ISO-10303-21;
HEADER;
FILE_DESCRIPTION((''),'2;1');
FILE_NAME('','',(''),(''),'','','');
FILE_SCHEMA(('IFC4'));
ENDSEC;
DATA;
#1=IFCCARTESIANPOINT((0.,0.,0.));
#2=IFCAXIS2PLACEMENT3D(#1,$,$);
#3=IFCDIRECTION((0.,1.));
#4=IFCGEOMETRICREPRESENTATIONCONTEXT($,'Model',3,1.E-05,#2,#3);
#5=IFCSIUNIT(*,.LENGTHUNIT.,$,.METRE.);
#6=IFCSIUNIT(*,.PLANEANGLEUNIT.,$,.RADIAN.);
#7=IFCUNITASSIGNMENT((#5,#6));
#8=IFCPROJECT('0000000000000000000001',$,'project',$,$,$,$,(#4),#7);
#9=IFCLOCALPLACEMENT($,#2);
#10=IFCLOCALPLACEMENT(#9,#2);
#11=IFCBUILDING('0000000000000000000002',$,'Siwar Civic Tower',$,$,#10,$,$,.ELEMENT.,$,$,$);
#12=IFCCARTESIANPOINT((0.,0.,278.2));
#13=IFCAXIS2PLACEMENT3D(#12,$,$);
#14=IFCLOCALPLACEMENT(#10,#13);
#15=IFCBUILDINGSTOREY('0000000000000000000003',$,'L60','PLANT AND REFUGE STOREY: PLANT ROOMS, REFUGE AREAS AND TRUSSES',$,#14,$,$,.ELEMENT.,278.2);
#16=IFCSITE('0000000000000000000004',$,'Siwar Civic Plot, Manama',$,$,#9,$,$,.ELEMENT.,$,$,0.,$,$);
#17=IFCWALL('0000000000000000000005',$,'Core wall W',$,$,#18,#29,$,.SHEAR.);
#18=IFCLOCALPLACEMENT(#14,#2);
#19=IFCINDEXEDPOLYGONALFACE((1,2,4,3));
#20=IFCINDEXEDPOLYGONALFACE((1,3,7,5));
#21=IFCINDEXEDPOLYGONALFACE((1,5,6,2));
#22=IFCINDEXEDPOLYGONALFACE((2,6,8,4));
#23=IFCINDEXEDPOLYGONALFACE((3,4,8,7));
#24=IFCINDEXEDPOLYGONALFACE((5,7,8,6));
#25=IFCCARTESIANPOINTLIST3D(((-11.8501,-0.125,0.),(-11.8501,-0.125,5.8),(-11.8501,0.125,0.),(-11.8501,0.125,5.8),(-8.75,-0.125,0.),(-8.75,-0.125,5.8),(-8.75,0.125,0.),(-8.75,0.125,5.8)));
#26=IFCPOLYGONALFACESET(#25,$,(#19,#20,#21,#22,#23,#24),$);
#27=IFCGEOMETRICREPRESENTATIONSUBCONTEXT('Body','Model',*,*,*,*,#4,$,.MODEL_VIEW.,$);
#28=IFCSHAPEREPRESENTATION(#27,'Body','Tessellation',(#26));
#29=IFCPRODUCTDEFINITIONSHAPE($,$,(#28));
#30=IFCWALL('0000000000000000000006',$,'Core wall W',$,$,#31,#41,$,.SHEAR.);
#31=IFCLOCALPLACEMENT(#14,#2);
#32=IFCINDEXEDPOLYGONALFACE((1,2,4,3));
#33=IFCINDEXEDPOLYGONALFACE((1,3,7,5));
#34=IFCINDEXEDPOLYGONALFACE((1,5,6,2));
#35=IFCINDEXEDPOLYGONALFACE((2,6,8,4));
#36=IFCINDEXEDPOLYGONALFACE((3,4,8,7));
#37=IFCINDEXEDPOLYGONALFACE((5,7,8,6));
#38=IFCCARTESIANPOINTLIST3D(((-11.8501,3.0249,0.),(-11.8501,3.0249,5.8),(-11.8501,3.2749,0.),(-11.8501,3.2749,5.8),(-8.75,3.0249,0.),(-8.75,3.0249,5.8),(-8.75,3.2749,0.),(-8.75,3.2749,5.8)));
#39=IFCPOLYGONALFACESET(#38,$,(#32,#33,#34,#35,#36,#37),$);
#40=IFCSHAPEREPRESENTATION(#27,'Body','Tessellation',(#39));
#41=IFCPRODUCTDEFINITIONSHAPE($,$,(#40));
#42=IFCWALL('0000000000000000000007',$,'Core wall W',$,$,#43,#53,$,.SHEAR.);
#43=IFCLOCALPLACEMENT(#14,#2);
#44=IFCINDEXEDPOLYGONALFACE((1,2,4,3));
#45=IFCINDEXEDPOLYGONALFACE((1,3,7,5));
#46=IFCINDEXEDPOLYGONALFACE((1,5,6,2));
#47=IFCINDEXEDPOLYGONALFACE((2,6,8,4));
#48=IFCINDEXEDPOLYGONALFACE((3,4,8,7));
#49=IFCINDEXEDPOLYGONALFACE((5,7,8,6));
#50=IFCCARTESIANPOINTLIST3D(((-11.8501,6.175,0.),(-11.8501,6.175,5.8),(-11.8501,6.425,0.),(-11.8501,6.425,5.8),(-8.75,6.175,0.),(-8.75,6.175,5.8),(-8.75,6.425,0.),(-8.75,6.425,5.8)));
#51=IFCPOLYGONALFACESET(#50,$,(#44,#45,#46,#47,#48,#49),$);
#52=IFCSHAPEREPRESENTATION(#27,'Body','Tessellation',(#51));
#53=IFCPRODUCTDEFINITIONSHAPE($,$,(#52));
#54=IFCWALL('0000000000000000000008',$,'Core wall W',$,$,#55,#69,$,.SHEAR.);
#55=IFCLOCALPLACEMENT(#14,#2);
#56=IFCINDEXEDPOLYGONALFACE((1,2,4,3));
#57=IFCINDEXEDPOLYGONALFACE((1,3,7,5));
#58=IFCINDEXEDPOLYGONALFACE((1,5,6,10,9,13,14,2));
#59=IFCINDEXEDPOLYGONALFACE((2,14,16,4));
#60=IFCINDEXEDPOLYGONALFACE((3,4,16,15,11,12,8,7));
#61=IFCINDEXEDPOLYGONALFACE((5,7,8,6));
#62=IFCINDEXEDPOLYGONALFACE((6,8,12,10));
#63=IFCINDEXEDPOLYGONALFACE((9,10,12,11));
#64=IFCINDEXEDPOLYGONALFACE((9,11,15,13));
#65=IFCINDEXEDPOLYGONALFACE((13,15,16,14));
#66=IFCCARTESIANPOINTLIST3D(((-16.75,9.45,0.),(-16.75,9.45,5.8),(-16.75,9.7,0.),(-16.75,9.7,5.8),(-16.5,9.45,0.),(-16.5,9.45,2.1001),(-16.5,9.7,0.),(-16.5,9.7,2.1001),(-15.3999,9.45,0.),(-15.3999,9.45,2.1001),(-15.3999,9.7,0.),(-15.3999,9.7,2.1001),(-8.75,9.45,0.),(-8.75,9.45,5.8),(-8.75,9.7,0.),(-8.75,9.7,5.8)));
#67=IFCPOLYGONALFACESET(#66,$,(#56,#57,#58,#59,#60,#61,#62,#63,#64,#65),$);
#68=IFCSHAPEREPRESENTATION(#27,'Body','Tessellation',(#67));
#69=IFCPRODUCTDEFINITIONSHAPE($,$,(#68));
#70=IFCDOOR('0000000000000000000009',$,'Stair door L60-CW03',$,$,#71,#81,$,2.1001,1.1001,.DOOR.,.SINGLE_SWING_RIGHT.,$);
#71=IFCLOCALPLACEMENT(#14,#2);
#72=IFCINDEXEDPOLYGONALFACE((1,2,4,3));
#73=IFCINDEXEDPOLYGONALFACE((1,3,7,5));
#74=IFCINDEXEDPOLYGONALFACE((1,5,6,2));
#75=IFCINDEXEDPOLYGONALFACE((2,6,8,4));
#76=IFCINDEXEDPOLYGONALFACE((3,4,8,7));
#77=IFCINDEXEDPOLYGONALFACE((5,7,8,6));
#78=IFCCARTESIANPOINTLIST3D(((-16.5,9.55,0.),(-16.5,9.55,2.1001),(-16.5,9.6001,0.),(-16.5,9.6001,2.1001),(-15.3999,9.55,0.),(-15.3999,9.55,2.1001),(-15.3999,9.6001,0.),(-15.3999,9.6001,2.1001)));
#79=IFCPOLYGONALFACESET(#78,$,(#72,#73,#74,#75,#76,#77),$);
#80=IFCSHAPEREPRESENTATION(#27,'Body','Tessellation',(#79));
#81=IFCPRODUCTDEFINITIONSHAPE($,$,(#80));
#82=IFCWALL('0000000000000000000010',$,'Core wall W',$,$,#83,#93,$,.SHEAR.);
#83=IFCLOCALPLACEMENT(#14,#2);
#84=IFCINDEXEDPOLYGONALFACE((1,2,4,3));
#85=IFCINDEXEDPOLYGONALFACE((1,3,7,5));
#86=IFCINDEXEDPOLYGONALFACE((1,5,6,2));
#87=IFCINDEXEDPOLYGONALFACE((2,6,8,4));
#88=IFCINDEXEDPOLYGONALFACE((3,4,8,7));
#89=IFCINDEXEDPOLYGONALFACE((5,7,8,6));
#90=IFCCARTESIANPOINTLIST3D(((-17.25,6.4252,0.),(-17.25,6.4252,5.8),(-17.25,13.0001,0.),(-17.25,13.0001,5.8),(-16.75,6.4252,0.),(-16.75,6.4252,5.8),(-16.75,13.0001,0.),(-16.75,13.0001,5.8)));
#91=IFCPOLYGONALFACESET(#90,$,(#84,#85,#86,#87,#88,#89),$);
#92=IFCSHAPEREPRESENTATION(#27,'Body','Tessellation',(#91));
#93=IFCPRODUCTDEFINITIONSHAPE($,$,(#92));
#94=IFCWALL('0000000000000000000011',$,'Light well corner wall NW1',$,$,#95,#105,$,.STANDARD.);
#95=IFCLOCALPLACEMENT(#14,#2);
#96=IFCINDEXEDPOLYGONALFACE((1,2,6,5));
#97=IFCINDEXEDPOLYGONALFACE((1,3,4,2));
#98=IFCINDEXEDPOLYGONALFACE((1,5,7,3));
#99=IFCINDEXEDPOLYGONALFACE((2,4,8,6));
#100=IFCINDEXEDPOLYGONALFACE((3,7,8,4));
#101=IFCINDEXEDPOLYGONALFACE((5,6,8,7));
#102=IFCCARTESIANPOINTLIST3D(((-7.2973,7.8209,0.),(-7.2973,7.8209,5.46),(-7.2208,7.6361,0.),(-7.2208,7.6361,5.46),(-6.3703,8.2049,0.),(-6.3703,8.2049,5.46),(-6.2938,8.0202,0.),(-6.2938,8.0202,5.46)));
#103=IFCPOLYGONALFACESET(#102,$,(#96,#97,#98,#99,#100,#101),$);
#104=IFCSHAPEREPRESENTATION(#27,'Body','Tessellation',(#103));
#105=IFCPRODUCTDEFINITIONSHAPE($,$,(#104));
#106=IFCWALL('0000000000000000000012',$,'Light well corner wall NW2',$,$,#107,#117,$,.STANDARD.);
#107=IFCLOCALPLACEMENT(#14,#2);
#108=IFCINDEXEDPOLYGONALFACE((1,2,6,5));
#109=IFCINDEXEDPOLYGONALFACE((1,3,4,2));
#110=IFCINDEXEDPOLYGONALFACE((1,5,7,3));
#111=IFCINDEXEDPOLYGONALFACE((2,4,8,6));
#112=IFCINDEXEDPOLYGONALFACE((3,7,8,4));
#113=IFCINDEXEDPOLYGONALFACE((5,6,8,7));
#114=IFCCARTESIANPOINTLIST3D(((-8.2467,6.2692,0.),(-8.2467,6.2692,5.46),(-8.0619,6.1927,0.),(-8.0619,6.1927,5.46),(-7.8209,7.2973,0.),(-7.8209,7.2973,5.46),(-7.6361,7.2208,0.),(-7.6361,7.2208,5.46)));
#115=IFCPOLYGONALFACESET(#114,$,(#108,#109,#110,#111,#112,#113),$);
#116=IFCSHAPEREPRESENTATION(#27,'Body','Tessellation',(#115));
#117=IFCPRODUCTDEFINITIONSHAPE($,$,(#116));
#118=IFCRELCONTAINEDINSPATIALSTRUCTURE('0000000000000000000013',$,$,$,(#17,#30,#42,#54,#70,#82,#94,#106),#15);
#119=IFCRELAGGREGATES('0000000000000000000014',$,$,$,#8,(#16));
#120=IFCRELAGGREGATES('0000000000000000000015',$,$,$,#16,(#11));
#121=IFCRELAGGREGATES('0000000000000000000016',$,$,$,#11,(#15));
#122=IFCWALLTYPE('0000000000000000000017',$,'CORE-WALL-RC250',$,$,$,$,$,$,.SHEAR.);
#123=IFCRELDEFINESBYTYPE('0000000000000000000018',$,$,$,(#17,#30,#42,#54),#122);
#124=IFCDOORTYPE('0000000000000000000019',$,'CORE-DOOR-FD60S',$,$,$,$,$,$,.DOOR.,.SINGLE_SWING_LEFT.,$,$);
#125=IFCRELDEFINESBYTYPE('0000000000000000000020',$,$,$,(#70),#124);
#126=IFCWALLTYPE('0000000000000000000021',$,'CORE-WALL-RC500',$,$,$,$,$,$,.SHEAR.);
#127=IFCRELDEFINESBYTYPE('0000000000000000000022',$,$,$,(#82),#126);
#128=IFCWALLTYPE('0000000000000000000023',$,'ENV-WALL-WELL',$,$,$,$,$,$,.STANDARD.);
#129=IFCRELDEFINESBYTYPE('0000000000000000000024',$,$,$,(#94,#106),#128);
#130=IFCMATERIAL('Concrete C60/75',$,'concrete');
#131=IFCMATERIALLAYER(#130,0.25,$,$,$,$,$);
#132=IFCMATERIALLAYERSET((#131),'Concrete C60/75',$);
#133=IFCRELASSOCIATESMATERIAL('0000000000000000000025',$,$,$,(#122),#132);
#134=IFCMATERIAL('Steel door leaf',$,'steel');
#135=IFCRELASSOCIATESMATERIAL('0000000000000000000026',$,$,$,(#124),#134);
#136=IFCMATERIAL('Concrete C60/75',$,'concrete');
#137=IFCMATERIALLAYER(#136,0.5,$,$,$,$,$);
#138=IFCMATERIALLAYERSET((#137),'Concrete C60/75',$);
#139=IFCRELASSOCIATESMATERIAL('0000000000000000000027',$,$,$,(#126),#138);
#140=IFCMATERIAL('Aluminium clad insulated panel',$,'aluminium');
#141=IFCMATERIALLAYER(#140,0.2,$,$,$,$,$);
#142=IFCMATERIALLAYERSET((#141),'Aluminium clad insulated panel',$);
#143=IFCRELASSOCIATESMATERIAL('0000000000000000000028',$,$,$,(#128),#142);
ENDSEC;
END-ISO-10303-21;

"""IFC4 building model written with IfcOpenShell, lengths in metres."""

from ifc_helpers import new_model, si_unit, direction, frame, frame_2d, origin, place, context, subcontext, project, spatial, rectangle, extrude, material, layer, layer_set, type_object, element, fill, save


model = new_model("IFC4")

# Units and contexts
model_context = context("Model", 3, precision=1e-05, world=origin(), true_north=direction((0.0, 1.0)))
body_context = subcontext(model_context, "Body", "Model", "MODEL_VIEW")
ifc_project = project(units=[si_unit("LENGTHUNIT", "METRE"), si_unit("PLANEANGLEUNIT", "RADIAN")], contexts=[model_context])

# Site, building, storey
site_placement = place(None, origin())
site = spatial("IfcSite", under=ifc_project, at=site_placement, Name="Siwar Civic Plot, Manama", CompositionType="ELEMENT", RefElevation=0.0)
building_placement = place(site_placement, origin())
building = spatial("IfcBuilding", under=site, at=building_placement, Name="Siwar Civic Tower", CompositionType="ELEMENT")
storey_placement = place(building_placement, frame((0.0, 0.0, 278.2)))
storey = spatial("IfcBuildingStorey", under=building, at=storey_placement, Name="L60", Description="PLANT AND REFUGE STOREY: PLANT ROOMS, REFUGE AREAS AND TRUSSES", CompositionType="ELEMENT", Elevation=278.2)

# Shared definitions
ifc_material_1 = material(Name="Concrete C60/75", Category="concrete")
ifc_layer_1 = layer(ifc_material_1, 0.25)
ifc_layer_set_1 = layer_set([ifc_layer_1], Name="Concrete C60/75")
wall_type_1 = type_object("IfcWallType", Name="CORE-WALL-RC250", PredefinedType="SHEAR", material=ifc_layer_set_1)

# Walls
for number, where, z_axis, x_axis, name in (
    (1, (-8.75, 0.0, 0.0), (0.0, 0.0, 1.0), (-1.0, 0.0, 0.0), "Core wall W"),
    (2, (-8.75, 3.1499, 0.0), (0.0, 0.0, 1.0), (-1.0, 0.0, 0.0), "Core wall W"),
    (3, (-8.75, 6.3, 0.0), (0.0, 0.0, 1.0), (-1.0, 0.0, 0.0), "Core wall W"),
):
    element("IfcWall", number, at=place(storey_placement, frame(where, z_axis=z_axis, x_axis=x_axis)), inside=storey, type_object=wall_type_1, Name=name, PredefinedType="SHEAR", context=body_context, shape_type="SweptSolid", body=[
        extrude(rectangle(XDim=3.1001, YDim=0.25, at=frame_2d((1.55, 0.0))), origin(), (0.0, 0.0, 1.0), 5.8),
    ])

# Wall, opening, door
wall_1_placement = place(storey_placement, frame((-8.75, 9.575, 0.0), z_axis=(0.0, 0.0, 1.0), x_axis=(-1.0, 0.0, 0.0)))
wall_1 = element("IfcWall", 4, at=wall_1_placement, inside=storey, type_object=wall_type_1, Name="Core wall W", PredefinedType="SHEAR", context=body_context, shape_type="SweptSolid", body=[
    extrude(rectangle(XDim=8.0, YDim=0.25, at=frame_2d((4.0, 0.0))), origin(), (0.0, 0.0, 1.0), 5.8),
])
opening_1_placement = place(wall_1_placement, frame((6.6499, 0.0, 0.0)))
opening_1 = element("IfcOpeningElement", 5, at=opening_1_placement, cuts=wall_1, PredefinedType="OPENING", context=body_context, shape_type="SweptSolid", body=[
    extrude(rectangle(XDim=1.1001, YDim=2.1001, at=frame_2d((0.55, 1.05))), frame((0.0, 0.135, 0.0), z_axis=(0.0, -1.0, 0.0), x_axis=(1.0, 0.0, 0.0)), (0.0, 0.0, 1.0), 0.27),
])
ifc_material_2 = material(Name="Steel door leaf", Category="steel")
door_type_1 = type_object("IfcDoorType", Name="CORE-DOOR-FD60S", OperationType="SINGLE_SWING_LEFT", PredefinedType="DOOR", material=ifc_material_2)
door_1_placement = place(opening_1_placement, origin())
door_1 = element("IfcDoor", 6, at=door_1_placement, inside=storey, type_object=door_type_1, Name="Stair door L60-CW03", OperationType="SINGLE_SWING_RIGHT", OverallHeight=2.1001, OverallWidth=1.1001, PredefinedType="DOOR", context=body_context, shape_type="SweptSolid", body=[
    extrude(rectangle(XDim=1.1001, YDim=2.1001, at=frame_2d((0.55, 1.05))), frame((0.0, 0.0249, 0.0), z_axis=(0.0, -1.0, 0.0), x_axis=(1.0, 0.0, 0.0)), (0.0, 0.0, 1.0), 0.05),
])
fill(opening_1, door_1)

# Walls
ifc_material_3 = material(Name="Concrete C60/75", Category="concrete")
ifc_layer_2 = layer(ifc_material_3, 0.5)
ifc_layer_set_2 = layer_set([ifc_layer_2], Name="Concrete C60/75")
wall_type_2 = type_object("IfcWallType", Name="CORE-WALL-RC500", PredefinedType="SHEAR", material=ifc_layer_set_2)
wall_2_placement = place(storey_placement, frame((-17.0, 6.425, 0.0), z_axis=(0.0, 0.0, 1.0), x_axis=(0.0, 1.0, 0.0)))
element("IfcWall", 7, at=wall_2_placement, inside=storey, type_object=wall_type_2, Name="Core wall W", PredefinedType="SHEAR", context=body_context, shape_type="SweptSolid", body=[
    extrude(rectangle(XDim=6.575, YDim=0.5, at=frame_2d((3.2876, 0.0))), origin(), (0.0, 0.0, 1.0), 5.8),
])
ifc_material_4 = material(Name="Aluminium clad insulated panel", Category="aluminium")
ifc_layer_3 = layer(ifc_material_4, 0.2)
ifc_layer_set_3 = layer_set([ifc_layer_3], Name="Aluminium clad insulated panel")
wall_type_3 = type_object("IfcWallType", Name="ENV-WALL-WELL", PredefinedType="STANDARD", material=ifc_layer_set_3)
wall_3_placement = place(storey_placement, frame((-6.332, 8.1125, 0.0), z_axis=(0.0, 0.0, 1.0), x_axis=(-0.92386, -0.382731, 0.0)))
element("IfcWall", 8, at=wall_3_placement, inside=storey, type_object=wall_type_3, Name="Light well corner wall NW1", PredefinedType="STANDARD", context=body_context, shape_type="SweptSolid", body=[
    extrude(rectangle(XDim=1.0034, YDim=0.2, at=frame_2d((0.5017, 0.0))), origin(), (0.0, 0.0, 1.0), 5.46),
])
wall_4_placement = place(storey_placement, frame((-7.7285, 7.259, 0.0), z_axis=(0.0, 0.0, 1.0), x_axis=(-0.382636, -0.923899, 0.0)))
element("IfcWall", 9, at=wall_4_placement, inside=storey, type_object=wall_type_3, Name="Light well corner wall NW2", PredefinedType="STANDARD", context=body_context, shape_type="SweptSolid", body=[
    extrude(rectangle(XDim=1.1128, YDim=0.2, at=frame_2d((0.5564, 0.0))), origin(), (0.0, 0.0, 1.0), 5.46),
])

save(model, "model.ifc")
